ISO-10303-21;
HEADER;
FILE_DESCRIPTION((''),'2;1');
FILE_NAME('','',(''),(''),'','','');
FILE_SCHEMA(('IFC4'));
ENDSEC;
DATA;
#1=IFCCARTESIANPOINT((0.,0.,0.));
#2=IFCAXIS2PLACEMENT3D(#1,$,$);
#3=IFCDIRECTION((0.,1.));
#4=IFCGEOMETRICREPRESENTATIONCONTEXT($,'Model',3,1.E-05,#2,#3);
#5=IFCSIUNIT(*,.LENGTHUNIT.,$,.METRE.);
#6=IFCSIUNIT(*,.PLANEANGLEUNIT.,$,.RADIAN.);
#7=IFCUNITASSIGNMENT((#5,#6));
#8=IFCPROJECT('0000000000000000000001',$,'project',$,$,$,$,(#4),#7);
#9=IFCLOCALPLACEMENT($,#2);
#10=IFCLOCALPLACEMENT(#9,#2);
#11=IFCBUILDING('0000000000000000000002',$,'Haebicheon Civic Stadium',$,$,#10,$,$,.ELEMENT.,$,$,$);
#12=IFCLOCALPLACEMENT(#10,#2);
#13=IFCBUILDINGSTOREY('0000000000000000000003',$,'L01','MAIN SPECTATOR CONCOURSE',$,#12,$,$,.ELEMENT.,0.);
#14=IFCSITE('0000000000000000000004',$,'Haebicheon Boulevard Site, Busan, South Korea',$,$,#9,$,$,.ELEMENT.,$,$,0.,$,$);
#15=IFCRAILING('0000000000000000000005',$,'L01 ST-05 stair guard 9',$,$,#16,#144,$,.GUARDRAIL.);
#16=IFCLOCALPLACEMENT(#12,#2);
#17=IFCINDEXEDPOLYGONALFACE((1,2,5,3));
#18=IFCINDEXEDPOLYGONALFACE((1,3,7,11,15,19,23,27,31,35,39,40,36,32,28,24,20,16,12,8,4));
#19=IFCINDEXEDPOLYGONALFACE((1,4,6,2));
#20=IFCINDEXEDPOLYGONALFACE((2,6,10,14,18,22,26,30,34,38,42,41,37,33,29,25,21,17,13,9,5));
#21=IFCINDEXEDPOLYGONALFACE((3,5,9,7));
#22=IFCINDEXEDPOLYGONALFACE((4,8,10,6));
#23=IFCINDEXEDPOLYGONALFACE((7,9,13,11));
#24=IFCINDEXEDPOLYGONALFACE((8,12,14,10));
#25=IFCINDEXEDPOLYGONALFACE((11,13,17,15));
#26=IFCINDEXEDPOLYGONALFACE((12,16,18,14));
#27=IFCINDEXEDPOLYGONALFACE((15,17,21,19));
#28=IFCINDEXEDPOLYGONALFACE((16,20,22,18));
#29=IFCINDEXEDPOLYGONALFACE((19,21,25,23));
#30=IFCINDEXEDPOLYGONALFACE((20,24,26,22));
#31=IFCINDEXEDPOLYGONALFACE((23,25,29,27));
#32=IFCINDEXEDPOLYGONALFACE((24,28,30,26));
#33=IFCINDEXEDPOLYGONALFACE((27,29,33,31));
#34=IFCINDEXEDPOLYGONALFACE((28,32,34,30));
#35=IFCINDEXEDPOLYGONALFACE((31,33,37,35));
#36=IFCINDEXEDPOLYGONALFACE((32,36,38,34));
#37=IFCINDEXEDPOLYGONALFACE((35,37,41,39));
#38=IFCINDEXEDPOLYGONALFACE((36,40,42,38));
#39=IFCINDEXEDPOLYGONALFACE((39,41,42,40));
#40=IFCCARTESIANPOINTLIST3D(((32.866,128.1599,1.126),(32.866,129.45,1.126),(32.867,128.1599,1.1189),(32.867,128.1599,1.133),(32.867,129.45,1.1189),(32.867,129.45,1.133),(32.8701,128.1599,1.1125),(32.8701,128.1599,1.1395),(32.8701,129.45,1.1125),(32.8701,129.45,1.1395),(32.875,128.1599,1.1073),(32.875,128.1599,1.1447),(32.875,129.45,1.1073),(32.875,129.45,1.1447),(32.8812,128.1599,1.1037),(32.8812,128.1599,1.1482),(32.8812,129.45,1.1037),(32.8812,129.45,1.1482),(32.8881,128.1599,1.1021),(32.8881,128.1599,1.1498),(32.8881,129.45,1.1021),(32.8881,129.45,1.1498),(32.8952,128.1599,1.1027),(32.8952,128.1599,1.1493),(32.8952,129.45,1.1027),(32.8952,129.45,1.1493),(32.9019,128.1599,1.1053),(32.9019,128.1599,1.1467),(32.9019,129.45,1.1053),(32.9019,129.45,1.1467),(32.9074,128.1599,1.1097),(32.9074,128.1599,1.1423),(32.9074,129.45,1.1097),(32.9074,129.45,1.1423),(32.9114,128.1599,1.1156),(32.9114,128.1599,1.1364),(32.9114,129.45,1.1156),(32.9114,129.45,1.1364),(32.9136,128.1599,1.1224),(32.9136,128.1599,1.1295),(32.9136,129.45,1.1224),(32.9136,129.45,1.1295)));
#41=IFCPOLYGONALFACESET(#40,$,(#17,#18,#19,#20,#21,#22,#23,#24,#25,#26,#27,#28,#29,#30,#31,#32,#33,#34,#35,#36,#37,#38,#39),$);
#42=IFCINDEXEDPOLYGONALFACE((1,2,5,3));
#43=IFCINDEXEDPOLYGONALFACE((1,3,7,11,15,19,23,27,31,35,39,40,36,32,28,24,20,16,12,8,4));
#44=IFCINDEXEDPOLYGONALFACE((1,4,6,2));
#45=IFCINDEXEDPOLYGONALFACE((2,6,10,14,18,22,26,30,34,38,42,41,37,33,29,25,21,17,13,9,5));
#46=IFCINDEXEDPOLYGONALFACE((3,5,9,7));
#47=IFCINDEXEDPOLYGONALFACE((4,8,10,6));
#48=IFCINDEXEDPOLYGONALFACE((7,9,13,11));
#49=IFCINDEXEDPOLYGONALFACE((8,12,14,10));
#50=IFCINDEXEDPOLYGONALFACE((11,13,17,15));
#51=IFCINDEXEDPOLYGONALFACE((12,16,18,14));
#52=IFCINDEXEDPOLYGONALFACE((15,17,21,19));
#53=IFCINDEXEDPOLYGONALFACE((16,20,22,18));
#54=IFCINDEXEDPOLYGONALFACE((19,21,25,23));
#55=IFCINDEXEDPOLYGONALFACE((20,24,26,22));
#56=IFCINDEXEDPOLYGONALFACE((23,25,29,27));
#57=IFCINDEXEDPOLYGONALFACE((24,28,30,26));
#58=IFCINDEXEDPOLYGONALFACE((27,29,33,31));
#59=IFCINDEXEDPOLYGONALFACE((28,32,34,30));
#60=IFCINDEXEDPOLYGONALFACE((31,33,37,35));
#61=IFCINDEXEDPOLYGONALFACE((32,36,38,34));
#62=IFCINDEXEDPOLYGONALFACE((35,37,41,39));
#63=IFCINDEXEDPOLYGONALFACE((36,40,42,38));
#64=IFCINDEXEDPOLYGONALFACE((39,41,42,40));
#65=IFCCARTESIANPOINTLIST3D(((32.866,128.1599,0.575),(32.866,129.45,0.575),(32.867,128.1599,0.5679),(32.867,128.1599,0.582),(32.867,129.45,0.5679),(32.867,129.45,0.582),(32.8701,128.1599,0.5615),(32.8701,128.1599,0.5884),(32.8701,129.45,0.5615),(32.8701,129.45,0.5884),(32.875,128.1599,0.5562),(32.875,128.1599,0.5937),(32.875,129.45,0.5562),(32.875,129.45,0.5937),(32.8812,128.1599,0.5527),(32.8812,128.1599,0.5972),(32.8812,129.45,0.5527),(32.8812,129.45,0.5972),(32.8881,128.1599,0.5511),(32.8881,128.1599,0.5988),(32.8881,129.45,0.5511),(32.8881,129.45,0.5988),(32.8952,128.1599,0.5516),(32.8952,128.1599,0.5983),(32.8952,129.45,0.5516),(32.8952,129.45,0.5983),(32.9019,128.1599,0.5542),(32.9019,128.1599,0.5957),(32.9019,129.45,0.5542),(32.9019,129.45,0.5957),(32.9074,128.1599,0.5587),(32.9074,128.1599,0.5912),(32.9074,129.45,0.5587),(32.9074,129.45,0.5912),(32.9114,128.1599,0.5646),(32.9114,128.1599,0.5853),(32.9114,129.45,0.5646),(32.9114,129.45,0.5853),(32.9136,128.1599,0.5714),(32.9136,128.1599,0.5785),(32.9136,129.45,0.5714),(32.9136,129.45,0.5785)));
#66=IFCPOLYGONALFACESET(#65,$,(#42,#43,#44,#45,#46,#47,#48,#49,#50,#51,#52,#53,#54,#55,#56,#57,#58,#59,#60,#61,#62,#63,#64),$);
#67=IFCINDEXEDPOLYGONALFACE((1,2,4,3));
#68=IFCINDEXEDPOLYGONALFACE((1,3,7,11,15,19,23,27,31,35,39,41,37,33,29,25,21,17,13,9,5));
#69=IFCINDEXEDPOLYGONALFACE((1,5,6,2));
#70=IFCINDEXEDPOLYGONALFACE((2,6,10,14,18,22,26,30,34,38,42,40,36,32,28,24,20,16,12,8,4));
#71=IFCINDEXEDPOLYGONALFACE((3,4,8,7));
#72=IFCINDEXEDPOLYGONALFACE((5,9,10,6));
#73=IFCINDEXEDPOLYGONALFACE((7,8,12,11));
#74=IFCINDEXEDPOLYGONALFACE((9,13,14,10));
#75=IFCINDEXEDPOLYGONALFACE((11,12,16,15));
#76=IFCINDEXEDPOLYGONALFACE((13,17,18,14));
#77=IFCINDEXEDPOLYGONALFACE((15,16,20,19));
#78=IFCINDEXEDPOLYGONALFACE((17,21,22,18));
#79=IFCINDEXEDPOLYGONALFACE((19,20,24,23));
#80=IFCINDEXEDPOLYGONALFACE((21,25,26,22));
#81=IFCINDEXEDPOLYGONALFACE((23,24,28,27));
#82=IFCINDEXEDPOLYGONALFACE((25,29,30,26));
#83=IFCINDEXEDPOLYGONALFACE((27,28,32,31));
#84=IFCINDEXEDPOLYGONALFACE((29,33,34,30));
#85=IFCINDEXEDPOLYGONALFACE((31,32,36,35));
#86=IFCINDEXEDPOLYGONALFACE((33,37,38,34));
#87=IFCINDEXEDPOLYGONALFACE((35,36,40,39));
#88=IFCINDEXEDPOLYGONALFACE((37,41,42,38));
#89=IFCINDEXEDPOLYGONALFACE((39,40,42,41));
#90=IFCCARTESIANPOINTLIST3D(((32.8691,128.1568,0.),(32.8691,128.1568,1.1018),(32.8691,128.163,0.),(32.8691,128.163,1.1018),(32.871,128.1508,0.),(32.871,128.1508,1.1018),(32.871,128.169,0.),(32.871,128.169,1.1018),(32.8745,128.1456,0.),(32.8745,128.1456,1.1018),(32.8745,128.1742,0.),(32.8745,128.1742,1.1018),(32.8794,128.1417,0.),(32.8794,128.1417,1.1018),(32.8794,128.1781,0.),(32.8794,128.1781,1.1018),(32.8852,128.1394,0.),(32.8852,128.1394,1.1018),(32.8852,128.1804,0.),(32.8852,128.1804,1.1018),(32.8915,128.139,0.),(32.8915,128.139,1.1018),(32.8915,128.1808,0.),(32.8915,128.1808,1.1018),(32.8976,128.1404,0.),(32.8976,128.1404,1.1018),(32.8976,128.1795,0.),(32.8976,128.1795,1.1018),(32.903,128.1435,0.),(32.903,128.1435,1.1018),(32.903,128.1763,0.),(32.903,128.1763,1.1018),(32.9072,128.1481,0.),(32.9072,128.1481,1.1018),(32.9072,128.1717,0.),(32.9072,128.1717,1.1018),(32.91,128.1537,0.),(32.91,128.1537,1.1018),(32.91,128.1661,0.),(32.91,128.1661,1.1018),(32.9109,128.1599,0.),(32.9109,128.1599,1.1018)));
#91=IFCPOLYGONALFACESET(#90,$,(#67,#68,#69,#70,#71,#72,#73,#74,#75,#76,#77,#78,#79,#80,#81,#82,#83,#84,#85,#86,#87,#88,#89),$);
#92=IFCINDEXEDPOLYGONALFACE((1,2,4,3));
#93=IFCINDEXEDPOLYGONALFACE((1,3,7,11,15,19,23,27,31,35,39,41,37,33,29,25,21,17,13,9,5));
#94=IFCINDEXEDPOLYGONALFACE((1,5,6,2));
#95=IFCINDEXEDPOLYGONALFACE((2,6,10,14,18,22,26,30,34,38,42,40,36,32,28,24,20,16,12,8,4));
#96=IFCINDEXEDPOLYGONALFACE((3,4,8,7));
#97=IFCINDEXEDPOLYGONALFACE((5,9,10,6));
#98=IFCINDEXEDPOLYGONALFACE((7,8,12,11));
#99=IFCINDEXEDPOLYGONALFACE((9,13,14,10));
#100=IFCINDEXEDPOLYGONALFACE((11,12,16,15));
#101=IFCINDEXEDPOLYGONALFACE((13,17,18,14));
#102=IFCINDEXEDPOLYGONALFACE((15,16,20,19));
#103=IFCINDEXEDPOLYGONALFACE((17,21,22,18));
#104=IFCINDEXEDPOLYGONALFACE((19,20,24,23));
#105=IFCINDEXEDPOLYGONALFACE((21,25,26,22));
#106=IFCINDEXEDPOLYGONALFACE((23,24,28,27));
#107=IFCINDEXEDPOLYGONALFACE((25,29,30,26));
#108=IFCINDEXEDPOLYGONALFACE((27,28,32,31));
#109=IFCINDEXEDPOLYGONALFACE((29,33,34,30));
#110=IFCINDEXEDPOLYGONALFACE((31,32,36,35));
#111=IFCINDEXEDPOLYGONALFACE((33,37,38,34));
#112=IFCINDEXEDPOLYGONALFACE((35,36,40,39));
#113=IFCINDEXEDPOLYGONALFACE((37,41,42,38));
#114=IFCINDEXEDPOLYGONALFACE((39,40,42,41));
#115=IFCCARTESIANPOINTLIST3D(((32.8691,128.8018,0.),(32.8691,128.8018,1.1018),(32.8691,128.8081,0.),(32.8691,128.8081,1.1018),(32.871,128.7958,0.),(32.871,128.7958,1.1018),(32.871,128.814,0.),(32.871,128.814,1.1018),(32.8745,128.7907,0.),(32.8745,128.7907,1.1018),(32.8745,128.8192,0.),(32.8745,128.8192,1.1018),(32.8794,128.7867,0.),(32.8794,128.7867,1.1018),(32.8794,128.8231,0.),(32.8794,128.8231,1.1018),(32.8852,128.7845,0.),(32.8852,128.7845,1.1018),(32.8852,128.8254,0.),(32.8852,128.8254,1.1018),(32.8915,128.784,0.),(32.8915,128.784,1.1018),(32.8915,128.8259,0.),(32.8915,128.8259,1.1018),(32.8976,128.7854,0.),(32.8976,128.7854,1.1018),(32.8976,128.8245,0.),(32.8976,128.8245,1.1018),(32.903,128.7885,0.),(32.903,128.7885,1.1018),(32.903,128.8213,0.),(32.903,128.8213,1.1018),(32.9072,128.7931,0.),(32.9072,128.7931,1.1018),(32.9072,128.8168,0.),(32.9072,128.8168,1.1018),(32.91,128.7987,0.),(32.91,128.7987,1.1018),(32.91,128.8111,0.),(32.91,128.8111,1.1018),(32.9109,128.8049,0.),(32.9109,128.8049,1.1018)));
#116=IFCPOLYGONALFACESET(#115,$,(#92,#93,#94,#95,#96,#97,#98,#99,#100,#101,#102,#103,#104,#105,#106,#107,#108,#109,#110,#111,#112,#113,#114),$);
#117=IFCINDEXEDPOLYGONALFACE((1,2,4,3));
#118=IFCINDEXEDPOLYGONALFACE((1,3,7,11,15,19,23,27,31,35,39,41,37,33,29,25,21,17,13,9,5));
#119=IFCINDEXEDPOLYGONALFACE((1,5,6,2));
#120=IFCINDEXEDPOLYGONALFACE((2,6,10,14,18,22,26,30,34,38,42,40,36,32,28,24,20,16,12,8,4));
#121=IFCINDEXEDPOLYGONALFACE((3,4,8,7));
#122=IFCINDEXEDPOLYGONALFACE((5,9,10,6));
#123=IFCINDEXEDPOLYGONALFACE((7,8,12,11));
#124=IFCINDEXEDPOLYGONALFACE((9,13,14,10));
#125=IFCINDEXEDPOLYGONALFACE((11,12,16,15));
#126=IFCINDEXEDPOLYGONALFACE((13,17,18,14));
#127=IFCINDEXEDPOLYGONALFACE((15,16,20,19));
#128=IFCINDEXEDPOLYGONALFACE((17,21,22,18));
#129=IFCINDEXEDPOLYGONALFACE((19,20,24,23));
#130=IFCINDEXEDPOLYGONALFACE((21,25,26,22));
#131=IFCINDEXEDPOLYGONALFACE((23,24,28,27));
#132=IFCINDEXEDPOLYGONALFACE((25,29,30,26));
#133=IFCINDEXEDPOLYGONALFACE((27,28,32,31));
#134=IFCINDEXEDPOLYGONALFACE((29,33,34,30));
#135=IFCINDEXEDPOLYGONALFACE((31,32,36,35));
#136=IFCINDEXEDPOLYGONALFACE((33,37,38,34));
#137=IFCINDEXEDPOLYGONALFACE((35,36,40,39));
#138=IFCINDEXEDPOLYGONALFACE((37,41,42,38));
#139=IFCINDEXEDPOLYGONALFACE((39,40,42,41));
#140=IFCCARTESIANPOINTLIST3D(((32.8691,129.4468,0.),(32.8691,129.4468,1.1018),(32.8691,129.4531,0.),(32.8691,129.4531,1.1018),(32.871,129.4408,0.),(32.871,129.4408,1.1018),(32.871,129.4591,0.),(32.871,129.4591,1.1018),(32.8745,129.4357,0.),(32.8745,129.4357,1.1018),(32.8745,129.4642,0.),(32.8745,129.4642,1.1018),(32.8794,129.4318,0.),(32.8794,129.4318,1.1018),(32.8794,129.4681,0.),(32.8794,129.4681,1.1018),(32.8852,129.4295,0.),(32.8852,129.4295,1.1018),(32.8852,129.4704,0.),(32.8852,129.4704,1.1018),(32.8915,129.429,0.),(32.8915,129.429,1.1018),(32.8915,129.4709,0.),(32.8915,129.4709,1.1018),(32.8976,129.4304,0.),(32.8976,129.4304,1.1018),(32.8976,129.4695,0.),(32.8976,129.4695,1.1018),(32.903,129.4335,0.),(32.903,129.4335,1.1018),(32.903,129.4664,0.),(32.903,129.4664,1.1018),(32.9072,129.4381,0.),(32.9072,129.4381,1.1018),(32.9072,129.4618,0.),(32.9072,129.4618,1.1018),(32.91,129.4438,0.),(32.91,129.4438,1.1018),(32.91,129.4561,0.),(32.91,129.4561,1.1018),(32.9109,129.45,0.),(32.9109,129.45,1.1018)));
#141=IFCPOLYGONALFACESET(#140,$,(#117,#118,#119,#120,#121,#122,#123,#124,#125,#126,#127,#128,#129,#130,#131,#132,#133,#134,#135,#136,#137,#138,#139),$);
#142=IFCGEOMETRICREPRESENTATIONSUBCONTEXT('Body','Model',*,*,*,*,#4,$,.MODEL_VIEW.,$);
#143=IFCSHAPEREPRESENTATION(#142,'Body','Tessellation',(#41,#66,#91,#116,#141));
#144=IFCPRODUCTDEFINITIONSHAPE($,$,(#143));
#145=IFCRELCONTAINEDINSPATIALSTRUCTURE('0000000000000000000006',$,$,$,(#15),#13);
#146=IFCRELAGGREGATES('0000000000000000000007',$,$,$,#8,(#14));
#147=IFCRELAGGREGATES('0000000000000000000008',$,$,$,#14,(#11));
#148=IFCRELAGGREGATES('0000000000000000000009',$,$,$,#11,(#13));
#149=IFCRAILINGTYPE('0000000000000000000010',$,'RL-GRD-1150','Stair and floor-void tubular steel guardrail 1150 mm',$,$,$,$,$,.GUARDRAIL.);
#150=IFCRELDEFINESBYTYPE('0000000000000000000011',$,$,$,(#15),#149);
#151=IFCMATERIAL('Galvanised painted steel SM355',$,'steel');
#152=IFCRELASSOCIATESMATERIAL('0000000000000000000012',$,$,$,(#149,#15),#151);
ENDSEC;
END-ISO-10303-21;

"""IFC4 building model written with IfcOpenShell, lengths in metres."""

from ifc_helpers import new_model, si_unit, direction, frame, origin, origin_2d, place, context, subcontext, project, spatial, circle, extrude, material, type_object, element, save


model = new_model("IFC4")

# Units and contexts
model_context = context("Model", 3, precision=1e-05, world=origin(), true_north=direction((0.0, 1.0)))
body_context = subcontext(model_context, "Body", "Model", "MODEL_VIEW")
ifc_project = project(units=[si_unit("LENGTHUNIT", "METRE"), si_unit("PLANEANGLEUNIT", "RADIAN")], contexts=[model_context])

# Site, building, storey
site_placement = place(None, origin())
site = spatial("IfcSite", under=ifc_project, at=site_placement, Name="Haebicheon Boulevard Site, Busan, South Korea", CompositionType="ELEMENT", RefElevation=0.0)
building_placement = place(site_placement, origin())
building = spatial("IfcBuilding", under=site, at=building_placement, Name="Haebicheon Civic Stadium", CompositionType="ELEMENT")
storey_placement = place(building_placement, origin())
storey = spatial("IfcBuildingStorey", under=building, at=storey_placement, Name="L01", Description="MAIN SPECTATOR CONCOURSE", CompositionType="ELEMENT", Elevation=0.0)

# Railing
ifc_material_1 = material(Name="Galvanised painted steel SM355", Category="steel")
railing_type_1 = type_object("IfcRailingType", Name="RL-GRD-1150", Description="Stair and floor-void tubular steel guardrail 1150 mm", PredefinedType="GUARDRAIL", material=ifc_material_1)
railing_1_placement = place(storey_placement, frame((32.8899, 128.1599, 0.0)))
element("IfcRailing", 1, at=railing_1_placement, inside=storey, type_object=railing_type_1, material=ifc_material_1, Name="L01 ST-05 stair guard 9", PredefinedType="GUARDRAIL", context=body_context, shape_type="SweptSolid", body=[
    extrude(circle(Radius=0.0239, at=origin_2d()), frame((0.0, 0.0, 1.126), z_axis=(0.0, 1.0, 0.0), x_axis=(-1.0, 0.0, 0.0)), (0.0, 0.0, 1.0), 1.29),
    extrude(circle(Radius=0.0239, at=origin_2d()), frame((0.0, 0.0, 0.575), z_axis=(0.0, 1.0, 0.0), x_axis=(-1.0, 0.0, 0.0)), (0.0, 0.0, 1.0), 1.29),
    extrude(circle(Radius=0.021, at=origin_2d()), origin(), (0.0, 0.0, 1.0), 1.1018),
    extrude(circle(Radius=0.021, at=origin_2d()), frame((0.0, 0.645, 0.0)), (0.0, 0.0, 1.0), 1.1018),
    extrude(circle(Radius=0.021, at=origin_2d()), frame((0.0, 1.29, 0.0)), (0.0, 0.0, 1.0), 1.1018),
])

save(model, "model.ifc")
